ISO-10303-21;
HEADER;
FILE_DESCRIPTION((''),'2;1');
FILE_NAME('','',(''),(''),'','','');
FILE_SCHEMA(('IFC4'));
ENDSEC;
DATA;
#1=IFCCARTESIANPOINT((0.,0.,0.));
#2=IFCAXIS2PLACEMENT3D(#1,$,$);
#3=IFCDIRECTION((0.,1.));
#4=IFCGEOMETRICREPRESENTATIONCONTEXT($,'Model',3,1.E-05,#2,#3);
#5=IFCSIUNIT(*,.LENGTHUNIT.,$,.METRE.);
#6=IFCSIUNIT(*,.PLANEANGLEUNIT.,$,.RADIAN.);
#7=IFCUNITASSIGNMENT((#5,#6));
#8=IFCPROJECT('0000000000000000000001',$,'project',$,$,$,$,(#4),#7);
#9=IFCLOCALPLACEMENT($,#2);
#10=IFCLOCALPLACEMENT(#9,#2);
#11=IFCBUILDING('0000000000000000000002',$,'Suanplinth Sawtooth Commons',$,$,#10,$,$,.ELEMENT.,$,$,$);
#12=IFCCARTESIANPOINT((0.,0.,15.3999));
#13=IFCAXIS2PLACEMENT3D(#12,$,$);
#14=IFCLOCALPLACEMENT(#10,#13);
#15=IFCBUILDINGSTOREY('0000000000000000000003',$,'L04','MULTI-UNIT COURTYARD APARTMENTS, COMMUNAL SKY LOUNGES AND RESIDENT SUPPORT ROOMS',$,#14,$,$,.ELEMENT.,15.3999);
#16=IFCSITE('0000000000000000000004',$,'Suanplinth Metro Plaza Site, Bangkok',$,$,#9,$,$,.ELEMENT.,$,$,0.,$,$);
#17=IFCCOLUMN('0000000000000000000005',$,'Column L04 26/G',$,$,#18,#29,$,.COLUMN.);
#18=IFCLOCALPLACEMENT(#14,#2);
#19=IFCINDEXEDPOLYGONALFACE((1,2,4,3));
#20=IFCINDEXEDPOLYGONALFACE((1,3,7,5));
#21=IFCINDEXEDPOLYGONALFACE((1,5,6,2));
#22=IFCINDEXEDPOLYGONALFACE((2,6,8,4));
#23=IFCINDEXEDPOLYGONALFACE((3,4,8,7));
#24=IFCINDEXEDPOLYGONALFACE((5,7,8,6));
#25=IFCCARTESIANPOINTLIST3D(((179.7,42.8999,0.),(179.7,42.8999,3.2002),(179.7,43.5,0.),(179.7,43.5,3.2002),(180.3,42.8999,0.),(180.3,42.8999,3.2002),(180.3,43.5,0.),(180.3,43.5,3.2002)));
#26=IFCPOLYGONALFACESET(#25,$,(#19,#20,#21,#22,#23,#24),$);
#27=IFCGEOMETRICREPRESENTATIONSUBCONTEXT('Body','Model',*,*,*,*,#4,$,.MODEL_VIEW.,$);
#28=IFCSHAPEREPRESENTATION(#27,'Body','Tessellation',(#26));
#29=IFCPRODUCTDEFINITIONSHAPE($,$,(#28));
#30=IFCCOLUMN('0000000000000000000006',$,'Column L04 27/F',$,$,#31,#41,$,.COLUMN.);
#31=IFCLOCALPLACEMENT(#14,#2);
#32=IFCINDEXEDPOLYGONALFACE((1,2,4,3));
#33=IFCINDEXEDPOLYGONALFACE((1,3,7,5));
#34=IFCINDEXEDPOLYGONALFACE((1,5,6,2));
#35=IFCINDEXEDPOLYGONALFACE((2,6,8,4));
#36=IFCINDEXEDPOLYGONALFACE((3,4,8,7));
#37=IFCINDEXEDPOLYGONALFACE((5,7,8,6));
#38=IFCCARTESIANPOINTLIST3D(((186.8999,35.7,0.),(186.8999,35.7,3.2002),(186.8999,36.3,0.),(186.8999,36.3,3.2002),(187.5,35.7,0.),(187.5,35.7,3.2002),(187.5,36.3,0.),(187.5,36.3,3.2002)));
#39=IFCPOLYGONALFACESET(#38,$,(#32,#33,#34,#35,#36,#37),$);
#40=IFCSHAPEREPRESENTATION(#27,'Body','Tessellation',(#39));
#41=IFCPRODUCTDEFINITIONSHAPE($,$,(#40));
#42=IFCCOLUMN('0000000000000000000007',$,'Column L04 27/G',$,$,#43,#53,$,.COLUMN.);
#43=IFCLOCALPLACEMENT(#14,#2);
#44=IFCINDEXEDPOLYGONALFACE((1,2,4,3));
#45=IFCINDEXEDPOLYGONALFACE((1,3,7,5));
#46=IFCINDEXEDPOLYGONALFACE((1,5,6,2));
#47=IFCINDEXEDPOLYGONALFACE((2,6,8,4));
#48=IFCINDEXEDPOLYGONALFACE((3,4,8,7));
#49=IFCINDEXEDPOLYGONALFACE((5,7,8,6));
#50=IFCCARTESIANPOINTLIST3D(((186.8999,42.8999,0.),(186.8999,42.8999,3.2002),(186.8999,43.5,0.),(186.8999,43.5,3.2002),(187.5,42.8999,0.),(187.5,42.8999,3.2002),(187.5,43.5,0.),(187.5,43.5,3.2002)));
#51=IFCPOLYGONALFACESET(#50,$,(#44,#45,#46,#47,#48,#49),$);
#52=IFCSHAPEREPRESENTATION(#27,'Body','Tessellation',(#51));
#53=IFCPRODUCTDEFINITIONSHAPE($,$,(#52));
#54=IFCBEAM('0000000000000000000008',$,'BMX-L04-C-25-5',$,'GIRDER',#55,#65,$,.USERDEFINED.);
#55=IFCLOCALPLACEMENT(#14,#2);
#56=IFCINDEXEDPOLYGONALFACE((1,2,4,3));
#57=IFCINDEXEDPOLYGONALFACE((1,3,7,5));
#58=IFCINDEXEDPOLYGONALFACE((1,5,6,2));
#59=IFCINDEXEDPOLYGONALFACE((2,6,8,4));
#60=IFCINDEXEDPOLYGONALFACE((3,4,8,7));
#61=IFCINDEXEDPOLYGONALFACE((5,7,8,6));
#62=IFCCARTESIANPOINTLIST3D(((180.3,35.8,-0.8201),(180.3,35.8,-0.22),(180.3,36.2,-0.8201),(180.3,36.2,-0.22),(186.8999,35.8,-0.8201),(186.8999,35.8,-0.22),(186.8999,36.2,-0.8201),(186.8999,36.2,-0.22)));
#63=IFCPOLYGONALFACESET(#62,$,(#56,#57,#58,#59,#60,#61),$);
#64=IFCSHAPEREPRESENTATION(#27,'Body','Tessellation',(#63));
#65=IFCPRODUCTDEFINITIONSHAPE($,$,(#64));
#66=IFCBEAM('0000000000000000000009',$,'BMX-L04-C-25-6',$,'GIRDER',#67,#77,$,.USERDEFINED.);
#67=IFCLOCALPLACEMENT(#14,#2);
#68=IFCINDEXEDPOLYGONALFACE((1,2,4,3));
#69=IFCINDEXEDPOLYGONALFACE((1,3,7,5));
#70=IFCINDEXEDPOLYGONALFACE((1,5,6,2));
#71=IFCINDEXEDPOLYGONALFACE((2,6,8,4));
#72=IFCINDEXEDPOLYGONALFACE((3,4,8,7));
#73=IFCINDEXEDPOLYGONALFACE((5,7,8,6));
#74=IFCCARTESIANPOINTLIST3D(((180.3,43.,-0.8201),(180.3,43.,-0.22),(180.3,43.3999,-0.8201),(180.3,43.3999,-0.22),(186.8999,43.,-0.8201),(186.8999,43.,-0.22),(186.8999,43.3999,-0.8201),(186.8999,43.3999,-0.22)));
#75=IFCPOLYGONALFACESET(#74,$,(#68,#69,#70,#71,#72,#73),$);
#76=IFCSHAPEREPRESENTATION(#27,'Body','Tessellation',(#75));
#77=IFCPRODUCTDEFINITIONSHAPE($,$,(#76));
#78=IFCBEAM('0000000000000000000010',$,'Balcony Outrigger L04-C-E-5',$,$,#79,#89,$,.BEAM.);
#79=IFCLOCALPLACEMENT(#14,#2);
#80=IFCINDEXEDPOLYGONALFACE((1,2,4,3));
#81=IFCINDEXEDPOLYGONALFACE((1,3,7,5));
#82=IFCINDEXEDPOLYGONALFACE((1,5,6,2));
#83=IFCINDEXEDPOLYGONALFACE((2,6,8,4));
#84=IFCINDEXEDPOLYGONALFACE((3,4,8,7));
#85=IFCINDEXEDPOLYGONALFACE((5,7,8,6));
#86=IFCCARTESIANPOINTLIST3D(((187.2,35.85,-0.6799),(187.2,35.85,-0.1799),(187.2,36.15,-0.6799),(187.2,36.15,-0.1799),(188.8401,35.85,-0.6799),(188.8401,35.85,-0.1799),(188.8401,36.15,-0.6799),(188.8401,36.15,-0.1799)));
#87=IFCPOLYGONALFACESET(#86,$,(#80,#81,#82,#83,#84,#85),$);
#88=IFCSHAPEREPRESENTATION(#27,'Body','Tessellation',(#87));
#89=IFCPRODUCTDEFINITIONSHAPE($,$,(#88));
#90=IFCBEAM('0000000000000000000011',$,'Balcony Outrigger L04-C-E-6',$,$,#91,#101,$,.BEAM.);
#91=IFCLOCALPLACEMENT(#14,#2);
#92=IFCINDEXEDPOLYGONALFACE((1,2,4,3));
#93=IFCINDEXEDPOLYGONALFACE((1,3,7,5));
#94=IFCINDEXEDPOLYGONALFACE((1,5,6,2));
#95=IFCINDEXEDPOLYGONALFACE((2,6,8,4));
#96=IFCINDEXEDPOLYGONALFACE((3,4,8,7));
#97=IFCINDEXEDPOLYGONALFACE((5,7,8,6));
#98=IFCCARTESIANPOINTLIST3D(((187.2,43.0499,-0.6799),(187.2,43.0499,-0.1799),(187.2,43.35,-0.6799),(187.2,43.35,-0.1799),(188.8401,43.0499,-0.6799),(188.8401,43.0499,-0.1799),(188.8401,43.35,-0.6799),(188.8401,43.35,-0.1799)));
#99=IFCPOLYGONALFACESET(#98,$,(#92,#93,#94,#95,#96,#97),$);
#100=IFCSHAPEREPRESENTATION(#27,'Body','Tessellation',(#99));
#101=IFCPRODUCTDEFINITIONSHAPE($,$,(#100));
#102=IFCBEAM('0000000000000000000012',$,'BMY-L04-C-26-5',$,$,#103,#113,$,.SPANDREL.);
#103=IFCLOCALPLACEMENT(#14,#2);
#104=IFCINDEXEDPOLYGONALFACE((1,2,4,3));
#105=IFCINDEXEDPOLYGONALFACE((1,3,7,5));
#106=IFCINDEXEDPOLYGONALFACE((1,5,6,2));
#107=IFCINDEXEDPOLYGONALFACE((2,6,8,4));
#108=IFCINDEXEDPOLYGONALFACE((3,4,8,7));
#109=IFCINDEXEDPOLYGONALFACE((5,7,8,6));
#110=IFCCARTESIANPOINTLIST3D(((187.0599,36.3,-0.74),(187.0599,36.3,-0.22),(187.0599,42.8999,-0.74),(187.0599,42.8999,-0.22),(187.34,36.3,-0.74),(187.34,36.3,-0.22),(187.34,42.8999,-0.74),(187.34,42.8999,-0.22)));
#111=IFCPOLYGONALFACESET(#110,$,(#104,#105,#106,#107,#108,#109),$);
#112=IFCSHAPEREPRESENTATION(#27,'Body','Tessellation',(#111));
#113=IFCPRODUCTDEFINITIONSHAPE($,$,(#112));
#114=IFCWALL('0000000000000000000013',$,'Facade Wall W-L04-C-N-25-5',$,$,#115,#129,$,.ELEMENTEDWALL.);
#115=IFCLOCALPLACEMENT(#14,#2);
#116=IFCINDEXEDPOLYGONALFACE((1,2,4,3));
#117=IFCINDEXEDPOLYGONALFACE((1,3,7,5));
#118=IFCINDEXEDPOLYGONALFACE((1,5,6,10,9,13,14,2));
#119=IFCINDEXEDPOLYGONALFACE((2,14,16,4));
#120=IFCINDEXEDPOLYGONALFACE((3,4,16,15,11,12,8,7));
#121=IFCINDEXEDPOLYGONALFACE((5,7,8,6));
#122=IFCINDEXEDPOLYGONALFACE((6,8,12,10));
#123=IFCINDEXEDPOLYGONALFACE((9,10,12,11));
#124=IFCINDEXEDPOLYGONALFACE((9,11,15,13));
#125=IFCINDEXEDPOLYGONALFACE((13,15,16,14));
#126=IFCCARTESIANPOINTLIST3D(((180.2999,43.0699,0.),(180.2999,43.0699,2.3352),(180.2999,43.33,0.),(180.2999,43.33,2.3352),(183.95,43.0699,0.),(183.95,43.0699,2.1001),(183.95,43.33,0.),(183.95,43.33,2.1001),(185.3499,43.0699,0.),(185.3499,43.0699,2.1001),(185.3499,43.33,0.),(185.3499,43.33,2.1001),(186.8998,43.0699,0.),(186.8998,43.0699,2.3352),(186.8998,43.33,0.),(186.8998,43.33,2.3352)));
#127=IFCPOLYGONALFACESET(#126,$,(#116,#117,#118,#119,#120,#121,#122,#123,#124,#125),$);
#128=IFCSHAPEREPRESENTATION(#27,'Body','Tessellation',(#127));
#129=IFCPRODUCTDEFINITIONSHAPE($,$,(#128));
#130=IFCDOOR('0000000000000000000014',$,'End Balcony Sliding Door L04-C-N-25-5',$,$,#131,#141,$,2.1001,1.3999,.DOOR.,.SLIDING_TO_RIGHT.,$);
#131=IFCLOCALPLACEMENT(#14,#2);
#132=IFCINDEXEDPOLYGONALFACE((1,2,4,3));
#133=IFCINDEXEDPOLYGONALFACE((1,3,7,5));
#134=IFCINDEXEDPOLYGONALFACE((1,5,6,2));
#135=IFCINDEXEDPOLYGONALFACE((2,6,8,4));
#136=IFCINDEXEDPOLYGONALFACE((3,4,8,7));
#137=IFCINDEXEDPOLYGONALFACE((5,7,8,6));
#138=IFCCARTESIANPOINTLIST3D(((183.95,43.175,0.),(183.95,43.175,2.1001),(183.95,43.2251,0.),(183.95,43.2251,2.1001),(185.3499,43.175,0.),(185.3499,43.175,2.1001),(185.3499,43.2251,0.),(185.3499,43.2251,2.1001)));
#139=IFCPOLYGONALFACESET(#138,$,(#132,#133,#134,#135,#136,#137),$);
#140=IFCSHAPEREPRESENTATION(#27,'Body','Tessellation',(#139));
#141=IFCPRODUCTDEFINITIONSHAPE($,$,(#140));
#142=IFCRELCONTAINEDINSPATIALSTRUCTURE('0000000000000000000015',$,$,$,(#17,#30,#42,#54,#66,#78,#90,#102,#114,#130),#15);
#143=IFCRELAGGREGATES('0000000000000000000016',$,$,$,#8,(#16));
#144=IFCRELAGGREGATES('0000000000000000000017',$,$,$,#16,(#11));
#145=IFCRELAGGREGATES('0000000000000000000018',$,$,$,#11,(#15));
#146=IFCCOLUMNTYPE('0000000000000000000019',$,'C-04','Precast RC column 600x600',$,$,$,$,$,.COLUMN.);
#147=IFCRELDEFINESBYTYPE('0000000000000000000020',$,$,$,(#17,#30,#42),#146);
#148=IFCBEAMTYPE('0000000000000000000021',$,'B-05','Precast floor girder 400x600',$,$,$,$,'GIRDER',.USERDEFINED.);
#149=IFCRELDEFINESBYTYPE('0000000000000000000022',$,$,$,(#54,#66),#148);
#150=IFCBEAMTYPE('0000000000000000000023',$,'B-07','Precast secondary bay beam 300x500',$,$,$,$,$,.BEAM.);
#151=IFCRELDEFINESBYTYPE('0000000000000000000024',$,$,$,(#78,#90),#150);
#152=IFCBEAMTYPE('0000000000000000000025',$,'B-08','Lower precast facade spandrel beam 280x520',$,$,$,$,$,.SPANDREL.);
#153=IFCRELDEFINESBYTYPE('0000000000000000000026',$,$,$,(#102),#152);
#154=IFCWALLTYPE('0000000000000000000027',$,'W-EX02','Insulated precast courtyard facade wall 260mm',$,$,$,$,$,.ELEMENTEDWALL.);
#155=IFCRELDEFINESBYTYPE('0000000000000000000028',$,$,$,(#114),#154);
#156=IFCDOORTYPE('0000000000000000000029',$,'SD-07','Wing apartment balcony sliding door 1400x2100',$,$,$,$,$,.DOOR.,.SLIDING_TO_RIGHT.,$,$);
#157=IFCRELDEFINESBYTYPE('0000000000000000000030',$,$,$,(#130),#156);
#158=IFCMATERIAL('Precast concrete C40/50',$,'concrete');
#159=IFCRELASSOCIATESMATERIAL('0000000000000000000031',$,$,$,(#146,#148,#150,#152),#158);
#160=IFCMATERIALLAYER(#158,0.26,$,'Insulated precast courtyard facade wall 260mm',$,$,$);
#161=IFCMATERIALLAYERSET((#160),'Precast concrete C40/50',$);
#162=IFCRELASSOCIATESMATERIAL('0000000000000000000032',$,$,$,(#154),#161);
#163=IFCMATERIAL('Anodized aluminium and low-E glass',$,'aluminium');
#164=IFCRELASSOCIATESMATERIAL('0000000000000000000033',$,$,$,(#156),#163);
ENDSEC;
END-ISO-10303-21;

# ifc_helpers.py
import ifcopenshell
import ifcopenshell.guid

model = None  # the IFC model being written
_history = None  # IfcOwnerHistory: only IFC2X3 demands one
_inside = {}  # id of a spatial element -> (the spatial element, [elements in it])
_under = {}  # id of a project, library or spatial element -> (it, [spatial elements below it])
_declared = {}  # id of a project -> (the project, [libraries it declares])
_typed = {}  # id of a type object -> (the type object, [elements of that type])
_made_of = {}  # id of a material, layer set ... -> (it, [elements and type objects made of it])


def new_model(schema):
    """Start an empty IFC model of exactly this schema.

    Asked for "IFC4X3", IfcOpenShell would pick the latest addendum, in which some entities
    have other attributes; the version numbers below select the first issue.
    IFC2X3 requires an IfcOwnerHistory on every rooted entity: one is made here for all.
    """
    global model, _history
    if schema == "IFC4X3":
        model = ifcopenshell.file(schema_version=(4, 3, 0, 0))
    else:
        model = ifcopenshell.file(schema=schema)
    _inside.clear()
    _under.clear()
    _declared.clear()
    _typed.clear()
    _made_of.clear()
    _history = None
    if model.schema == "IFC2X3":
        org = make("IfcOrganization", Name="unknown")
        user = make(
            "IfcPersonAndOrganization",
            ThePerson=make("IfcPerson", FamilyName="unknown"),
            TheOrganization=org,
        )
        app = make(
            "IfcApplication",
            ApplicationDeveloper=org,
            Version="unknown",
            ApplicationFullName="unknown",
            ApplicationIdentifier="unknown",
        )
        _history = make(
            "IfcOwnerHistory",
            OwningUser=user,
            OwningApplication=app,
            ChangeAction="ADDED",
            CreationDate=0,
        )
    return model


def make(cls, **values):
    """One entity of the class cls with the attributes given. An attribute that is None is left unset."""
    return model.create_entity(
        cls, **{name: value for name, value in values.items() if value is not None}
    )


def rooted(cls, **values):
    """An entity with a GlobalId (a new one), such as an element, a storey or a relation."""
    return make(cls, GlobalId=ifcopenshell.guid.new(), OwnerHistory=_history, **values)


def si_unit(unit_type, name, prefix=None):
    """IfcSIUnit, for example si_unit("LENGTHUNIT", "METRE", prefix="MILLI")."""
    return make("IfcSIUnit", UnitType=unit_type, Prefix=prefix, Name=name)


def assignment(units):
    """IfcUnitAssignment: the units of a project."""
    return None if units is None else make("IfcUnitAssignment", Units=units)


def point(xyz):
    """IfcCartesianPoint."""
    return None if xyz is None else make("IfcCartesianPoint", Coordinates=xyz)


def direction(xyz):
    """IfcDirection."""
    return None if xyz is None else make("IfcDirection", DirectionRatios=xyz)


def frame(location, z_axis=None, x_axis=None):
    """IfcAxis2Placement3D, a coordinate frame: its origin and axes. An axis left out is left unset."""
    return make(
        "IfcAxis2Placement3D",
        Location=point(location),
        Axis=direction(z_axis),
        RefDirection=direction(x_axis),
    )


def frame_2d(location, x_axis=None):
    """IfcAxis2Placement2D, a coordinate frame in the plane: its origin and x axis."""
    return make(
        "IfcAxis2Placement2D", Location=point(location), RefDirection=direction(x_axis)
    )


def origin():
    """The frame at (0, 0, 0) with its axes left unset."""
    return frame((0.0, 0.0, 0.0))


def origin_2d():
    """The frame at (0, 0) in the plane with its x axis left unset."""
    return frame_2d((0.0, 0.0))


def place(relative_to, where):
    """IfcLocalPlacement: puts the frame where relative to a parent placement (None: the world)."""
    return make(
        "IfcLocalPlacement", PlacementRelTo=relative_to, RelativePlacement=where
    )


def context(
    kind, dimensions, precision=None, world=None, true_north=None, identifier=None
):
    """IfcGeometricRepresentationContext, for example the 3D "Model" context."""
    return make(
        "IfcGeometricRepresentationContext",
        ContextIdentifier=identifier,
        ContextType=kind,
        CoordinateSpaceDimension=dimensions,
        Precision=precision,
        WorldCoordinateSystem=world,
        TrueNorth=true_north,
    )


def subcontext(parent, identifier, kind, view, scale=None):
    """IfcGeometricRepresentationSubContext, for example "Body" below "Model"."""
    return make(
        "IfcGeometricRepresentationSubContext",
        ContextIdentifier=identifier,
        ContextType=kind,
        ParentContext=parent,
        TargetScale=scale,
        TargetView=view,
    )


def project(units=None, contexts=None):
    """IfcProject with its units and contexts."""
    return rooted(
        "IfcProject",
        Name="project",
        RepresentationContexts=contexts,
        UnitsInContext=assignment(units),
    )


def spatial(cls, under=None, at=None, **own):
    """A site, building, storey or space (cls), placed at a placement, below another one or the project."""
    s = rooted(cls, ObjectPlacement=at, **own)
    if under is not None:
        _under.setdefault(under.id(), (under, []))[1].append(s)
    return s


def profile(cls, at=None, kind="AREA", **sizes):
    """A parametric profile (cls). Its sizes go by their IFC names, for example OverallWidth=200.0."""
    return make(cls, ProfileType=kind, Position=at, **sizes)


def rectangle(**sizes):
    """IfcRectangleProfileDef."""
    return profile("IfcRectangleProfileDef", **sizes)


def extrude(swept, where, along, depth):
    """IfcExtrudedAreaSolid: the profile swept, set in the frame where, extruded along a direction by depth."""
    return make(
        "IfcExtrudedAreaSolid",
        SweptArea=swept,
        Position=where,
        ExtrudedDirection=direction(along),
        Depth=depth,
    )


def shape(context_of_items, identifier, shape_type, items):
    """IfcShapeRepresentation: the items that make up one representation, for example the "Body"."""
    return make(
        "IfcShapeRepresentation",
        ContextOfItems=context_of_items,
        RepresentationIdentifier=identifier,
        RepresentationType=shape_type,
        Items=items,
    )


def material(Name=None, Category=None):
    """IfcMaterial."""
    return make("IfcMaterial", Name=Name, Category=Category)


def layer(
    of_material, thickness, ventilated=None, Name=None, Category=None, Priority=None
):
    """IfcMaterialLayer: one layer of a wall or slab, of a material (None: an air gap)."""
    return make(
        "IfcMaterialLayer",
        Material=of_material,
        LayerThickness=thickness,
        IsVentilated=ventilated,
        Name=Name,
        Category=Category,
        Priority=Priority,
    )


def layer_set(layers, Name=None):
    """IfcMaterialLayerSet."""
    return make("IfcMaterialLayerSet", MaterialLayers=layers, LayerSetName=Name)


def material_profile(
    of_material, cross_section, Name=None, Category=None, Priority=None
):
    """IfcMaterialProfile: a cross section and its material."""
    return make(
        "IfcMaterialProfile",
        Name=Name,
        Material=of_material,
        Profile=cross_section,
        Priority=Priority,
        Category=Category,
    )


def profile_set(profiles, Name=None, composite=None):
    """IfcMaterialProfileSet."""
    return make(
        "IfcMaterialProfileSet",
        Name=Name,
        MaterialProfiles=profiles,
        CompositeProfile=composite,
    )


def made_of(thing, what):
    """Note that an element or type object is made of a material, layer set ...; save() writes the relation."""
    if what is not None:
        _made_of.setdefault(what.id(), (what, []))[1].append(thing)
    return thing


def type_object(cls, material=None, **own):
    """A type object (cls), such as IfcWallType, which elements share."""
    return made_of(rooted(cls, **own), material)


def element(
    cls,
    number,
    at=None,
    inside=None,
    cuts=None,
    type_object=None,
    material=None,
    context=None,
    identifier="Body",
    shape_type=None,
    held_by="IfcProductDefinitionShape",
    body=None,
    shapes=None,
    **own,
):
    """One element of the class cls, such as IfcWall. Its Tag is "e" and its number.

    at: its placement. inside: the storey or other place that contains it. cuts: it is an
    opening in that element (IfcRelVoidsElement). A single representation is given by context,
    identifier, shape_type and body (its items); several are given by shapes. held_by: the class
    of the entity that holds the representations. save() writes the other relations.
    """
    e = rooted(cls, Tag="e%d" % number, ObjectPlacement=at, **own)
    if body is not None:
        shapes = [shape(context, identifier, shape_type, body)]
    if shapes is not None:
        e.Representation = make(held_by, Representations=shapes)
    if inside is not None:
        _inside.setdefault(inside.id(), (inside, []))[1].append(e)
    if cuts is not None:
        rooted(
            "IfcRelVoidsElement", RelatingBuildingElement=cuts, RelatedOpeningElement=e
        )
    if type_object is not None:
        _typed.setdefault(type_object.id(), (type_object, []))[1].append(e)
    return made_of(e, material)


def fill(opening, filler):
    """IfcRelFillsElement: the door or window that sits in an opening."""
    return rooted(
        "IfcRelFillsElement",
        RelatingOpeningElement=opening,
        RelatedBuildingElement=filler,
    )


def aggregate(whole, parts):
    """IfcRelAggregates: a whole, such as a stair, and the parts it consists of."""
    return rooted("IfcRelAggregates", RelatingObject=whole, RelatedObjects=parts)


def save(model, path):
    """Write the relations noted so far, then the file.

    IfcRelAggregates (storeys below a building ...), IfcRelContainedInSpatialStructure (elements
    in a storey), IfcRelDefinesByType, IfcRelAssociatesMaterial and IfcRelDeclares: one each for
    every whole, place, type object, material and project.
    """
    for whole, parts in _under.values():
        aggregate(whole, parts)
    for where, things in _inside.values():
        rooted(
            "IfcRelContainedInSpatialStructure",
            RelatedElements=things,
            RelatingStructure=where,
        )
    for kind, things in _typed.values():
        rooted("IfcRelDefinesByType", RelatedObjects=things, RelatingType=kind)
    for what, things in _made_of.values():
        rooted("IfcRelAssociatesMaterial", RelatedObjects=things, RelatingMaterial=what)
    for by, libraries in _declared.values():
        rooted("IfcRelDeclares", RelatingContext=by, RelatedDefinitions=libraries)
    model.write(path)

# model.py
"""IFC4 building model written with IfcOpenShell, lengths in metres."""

from ifc_helpers import new_model, si_unit, direction, frame, frame_2d, origin, origin_2d, place, context, subcontext, project, spatial, rectangle, extrude, material, layer, layer_set, material_profile, profile_set, type_object, element, fill, save


model = new_model("IFC4")

# Units and contexts
model_context = context("Model", 3, precision=1e-05, world=origin(), true_north=direction((0.0, 1.0)))
body_context = subcontext(model_context, "Body", "Model", "MODEL_VIEW")
ifc_project = project(units=[si_unit("LENGTHUNIT", "METRE"), si_unit("PLANEANGLEUNIT", "RADIAN")], contexts=[model_context])

# Site, building, storey
site_placement = place(None, origin())
site = spatial("IfcSite", under=ifc_project, at=site_placement, Name="Suanplinth Metro Plaza Site, Bangkok", CompositionType="ELEMENT", RefElevation=0.0)
building_placement = place(site_placement, origin())
building = spatial("IfcBuilding", under=site, at=building_placement, Name="Suanplinth Sawtooth Commons", CompositionType="ELEMENT")
storey_placement = place(building_placement, frame((0.0, 0.0, 15.3999)))
storey = spatial("IfcBuildingStorey", under=building, at=storey_placement, Name="L04", Description="MULTI-UNIT COURTYARD APARTMENTS, COMMUNAL SKY LOUNGES AND RESIDENT SUPPORT ROOMS", CompositionType="ELEMENT", Elevation=15.3999)

# Columns
ifc_material_1 = material(Name="Precast concrete C40/50", Category="concrete")
ifc_material_profile_1 = material_profile(ifc_material_1, rectangle(XDim=0.6001, YDim=0.6001, at=origin_2d()), Name="PC-COL 600x600")
ifc_profile_set_1 = profile_set([ifc_material_profile_1], Name="Precast concrete C40/50")
column_type = type_object("IfcColumnType", Name="C-04", Description="Precast RC column 600x600", PredefinedType="COLUMN", material=ifc_profile_set_1)
for number, where, z_axis, x_axis, name in (
    (1, (180.0, 43.2, 0.0), (0.0, 0.0, 1.0), (1.0, 0.0, 0.0), "Column L04 26/G"),
    (2, (187.2, 36.0, 0.0), (0.0, 0.0, 1.0), (1.0, 0.0, 0.0), "Column L04 27/F"),
    (3, (187.2, 43.2, 0.0), (0.0, 0.0, 1.0), (1.0, 0.0, 0.0), "Column L04 27/G"),
):
    element("IfcColumn", number, at=place(storey_placement, frame(where, z_axis=z_axis, x_axis=x_axis)), inside=storey, type_object=column_type, Name=name, PredefinedType="COLUMN", context=body_context, shape_type="SweptSolid", body=[
        extrude(rectangle(XDim=0.6001, YDim=0.6001, at=origin_2d()), origin(), (0.0, 0.0, 1.0), 3.2002),
    ])

# Beams
ifc_material_profile_2 = material_profile(ifc_material_1, rectangle(XDim=0.3999, YDim=0.6001, at=origin_2d()), Name="PC-GDR 400x600")
ifc_profile_set_2 = profile_set([ifc_material_profile_2], Name="Precast concrete C40/50")
beam_type_1 = type_object("IfcBeamType", Name="B-05", Description="Precast floor girder 400x600", ElementType="GIRDER", PredefinedType="USERDEFINED", material=ifc_profile_set_2)
for number, where, z_axis, x_axis, name in (
    (4, (180.3, 36.0, -0.52), (1.0, 0.0, 0.0), (0.0, 1.0, 0.0), "BMX-L04-C-25-5"),
    (5, (180.3, 43.2, -0.52), (1.0, 0.0, 0.0), (0.0, 1.0, 0.0), "BMX-L04-C-25-6"),
):
    element("IfcBeam", number, at=place(storey_placement, frame(where, z_axis=z_axis, x_axis=x_axis)), inside=storey, type_object=beam_type_1, Name=name, ObjectType="GIRDER", PredefinedType="USERDEFINED", context=body_context, shape_type="SweptSolid", body=[
        extrude(rectangle(XDim=0.3999, YDim=0.6001, at=origin_2d()), origin(), (0.0, 0.0, 1.0), 6.5999),
    ])
ifc_material_profile_3 = material_profile(ifc_material_1, rectangle(XDim=0.3, YDim=0.5, at=origin_2d()), Name="PC-BM 300x500")
ifc_profile_set_3 = profile_set([ifc_material_profile_3], Name="Precast concrete C40/50")
beam_type_2 = type_object("IfcBeamType", Name="B-07", Description="Precast secondary bay beam 300x500", PredefinedType="BEAM", material=ifc_profile_set_3)
for number, where, z_axis, x_axis, name in (
    (6, (187.2, 36.0, -0.4299), (1.0, 0.0, 0.0), (0.0, 1.0, 0.0), "Balcony Outrigger L04-C-E-5"),
    (7, (187.2, 43.2, -0.4299), (1.0, 0.0, 0.0), (0.0, 1.0, 0.0), "Balcony Outrigger L04-C-E-6"),
):
    element("IfcBeam", number, at=place(storey_placement, frame(where, z_axis=z_axis, x_axis=x_axis)), inside=storey, type_object=beam_type_2, Name=name, PredefinedType="BEAM", context=body_context, shape_type="SweptSolid", body=[
        extrude(rectangle(XDim=0.3, YDim=0.5, at=origin_2d()), origin(), (0.0, 0.0, 1.0), 1.6401),
    ])
ifc_material_profile_4 = material_profile(ifc_material_1, rectangle(XDim=0.28, YDim=0.52, at=origin_2d()), Name="PC-SP 280x520")
ifc_profile_set_4 = profile_set([ifc_material_profile_4], Name="Precast concrete C40/50")
beam_type_3 = type_object("IfcBeamType", Name="B-08", Description="Lower precast facade spandrel beam 280x520", PredefinedType="SPANDREL", material=ifc_profile_set_4)
beam_placement = place(storey_placement, frame((187.2, 36.3, -0.48), z_axis=(0.0, 1.0, 0.0), x_axis=(-1.0, 0.0, 0.0)))
element("IfcBeam", 8, at=beam_placement, inside=storey, type_object=beam_type_3, Name="BMY-L04-C-26-5", PredefinedType="SPANDREL", context=body_context, shape_type="SweptSolid", body=[
    extrude(rectangle(XDim=0.28, YDim=0.52, at=origin_2d()), origin(), (0.0, 0.0, 1.0), 6.5999),
])

# Wall, opening, door
ifc_layer_1 = layer(ifc_material_1, 0.26, Name="Insulated precast courtyard facade wall 260mm")
ifc_layer_set_1 = layer_set([ifc_layer_1], Name="Precast concrete C40/50")
wall_type_1 = type_object("IfcWallType", Name="W-EX02", Description="Insulated precast courtyard facade wall 260mm", PredefinedType="ELEMENTEDWALL", material=ifc_layer_set_1)
wall_1_placement = place(storey_placement, frame((180.3, 43.2, 0.0), z_axis=(0.0, 0.0, 1.0), x_axis=(1.0, 0.0, 0.0)))
wall_1 = element("IfcWall", 9, at=wall_1_placement, inside=storey, type_object=wall_type_1, Name="Facade Wall W-L04-C-N-25-5", PredefinedType="ELEMENTEDWALL", context=body_context, shape_type="SweptSolid", body=[
    extrude(rectangle(XDim=6.5999, YDim=0.26, at=frame_2d((3.2998, 0.0))), origin(), (0.0, 0.0, 1.0), 2.3352),
])
opening_1_placement = place(wall_1_placement, frame((3.6499, 0.0, 0.0)))
opening_1 = element("IfcOpeningElement", 10, at=opening_1_placement, cuts=wall_1, PredefinedType="OPENING", context=body_context, shape_type="SweptSolid", body=[
    extrude(rectangle(XDim=1.3999, YDim=2.1001, at=frame_2d((0.7, 1.05))), frame((0.0, 0.145, 0.0), z_axis=(0.0, -1.0, 0.0), x_axis=(1.0, 0.0, 0.0)), (0.0, 0.0, 1.0), 0.2898),
])
ifc_material_2 = material(Name="Anodized aluminium and low-E glass", Category="aluminium")
door_type_1 = type_object("IfcDoorType", Name="SD-07", Description="Wing apartment balcony sliding door 1400x2100", OperationType="SLIDING_TO_RIGHT", PredefinedType="DOOR", material=ifc_material_2)
door_1_placement = place(opening_1_placement, frame((1.3999, 0.0, 0.0), z_axis=(0.0, 0.0, 1.0), x_axis=(-1.0, 0.0, 0.0)))
door_1 = element("IfcDoor", 11, at=door_1_placement, inside=storey, type_object=door_type_1, Name="End Balcony Sliding Door L04-C-N-25-5", OperationType="SLIDING_TO_RIGHT", OverallHeight=2.1001, OverallWidth=1.3999, PredefinedType="DOOR", context=body_context, shape_type="SweptSolid", body=[
    extrude(rectangle(XDim=1.3999, YDim=2.1001, at=frame_2d((0.7, 1.05))), frame((0.0, 0.0249, 0.0), z_axis=(0.0, -1.0, 0.0), x_axis=(1.0, 0.0, 0.0)), (0.0, 0.0, 1.0), 0.05),
])
fill(opening_1, door_1)

save(model, "model.ifc")
